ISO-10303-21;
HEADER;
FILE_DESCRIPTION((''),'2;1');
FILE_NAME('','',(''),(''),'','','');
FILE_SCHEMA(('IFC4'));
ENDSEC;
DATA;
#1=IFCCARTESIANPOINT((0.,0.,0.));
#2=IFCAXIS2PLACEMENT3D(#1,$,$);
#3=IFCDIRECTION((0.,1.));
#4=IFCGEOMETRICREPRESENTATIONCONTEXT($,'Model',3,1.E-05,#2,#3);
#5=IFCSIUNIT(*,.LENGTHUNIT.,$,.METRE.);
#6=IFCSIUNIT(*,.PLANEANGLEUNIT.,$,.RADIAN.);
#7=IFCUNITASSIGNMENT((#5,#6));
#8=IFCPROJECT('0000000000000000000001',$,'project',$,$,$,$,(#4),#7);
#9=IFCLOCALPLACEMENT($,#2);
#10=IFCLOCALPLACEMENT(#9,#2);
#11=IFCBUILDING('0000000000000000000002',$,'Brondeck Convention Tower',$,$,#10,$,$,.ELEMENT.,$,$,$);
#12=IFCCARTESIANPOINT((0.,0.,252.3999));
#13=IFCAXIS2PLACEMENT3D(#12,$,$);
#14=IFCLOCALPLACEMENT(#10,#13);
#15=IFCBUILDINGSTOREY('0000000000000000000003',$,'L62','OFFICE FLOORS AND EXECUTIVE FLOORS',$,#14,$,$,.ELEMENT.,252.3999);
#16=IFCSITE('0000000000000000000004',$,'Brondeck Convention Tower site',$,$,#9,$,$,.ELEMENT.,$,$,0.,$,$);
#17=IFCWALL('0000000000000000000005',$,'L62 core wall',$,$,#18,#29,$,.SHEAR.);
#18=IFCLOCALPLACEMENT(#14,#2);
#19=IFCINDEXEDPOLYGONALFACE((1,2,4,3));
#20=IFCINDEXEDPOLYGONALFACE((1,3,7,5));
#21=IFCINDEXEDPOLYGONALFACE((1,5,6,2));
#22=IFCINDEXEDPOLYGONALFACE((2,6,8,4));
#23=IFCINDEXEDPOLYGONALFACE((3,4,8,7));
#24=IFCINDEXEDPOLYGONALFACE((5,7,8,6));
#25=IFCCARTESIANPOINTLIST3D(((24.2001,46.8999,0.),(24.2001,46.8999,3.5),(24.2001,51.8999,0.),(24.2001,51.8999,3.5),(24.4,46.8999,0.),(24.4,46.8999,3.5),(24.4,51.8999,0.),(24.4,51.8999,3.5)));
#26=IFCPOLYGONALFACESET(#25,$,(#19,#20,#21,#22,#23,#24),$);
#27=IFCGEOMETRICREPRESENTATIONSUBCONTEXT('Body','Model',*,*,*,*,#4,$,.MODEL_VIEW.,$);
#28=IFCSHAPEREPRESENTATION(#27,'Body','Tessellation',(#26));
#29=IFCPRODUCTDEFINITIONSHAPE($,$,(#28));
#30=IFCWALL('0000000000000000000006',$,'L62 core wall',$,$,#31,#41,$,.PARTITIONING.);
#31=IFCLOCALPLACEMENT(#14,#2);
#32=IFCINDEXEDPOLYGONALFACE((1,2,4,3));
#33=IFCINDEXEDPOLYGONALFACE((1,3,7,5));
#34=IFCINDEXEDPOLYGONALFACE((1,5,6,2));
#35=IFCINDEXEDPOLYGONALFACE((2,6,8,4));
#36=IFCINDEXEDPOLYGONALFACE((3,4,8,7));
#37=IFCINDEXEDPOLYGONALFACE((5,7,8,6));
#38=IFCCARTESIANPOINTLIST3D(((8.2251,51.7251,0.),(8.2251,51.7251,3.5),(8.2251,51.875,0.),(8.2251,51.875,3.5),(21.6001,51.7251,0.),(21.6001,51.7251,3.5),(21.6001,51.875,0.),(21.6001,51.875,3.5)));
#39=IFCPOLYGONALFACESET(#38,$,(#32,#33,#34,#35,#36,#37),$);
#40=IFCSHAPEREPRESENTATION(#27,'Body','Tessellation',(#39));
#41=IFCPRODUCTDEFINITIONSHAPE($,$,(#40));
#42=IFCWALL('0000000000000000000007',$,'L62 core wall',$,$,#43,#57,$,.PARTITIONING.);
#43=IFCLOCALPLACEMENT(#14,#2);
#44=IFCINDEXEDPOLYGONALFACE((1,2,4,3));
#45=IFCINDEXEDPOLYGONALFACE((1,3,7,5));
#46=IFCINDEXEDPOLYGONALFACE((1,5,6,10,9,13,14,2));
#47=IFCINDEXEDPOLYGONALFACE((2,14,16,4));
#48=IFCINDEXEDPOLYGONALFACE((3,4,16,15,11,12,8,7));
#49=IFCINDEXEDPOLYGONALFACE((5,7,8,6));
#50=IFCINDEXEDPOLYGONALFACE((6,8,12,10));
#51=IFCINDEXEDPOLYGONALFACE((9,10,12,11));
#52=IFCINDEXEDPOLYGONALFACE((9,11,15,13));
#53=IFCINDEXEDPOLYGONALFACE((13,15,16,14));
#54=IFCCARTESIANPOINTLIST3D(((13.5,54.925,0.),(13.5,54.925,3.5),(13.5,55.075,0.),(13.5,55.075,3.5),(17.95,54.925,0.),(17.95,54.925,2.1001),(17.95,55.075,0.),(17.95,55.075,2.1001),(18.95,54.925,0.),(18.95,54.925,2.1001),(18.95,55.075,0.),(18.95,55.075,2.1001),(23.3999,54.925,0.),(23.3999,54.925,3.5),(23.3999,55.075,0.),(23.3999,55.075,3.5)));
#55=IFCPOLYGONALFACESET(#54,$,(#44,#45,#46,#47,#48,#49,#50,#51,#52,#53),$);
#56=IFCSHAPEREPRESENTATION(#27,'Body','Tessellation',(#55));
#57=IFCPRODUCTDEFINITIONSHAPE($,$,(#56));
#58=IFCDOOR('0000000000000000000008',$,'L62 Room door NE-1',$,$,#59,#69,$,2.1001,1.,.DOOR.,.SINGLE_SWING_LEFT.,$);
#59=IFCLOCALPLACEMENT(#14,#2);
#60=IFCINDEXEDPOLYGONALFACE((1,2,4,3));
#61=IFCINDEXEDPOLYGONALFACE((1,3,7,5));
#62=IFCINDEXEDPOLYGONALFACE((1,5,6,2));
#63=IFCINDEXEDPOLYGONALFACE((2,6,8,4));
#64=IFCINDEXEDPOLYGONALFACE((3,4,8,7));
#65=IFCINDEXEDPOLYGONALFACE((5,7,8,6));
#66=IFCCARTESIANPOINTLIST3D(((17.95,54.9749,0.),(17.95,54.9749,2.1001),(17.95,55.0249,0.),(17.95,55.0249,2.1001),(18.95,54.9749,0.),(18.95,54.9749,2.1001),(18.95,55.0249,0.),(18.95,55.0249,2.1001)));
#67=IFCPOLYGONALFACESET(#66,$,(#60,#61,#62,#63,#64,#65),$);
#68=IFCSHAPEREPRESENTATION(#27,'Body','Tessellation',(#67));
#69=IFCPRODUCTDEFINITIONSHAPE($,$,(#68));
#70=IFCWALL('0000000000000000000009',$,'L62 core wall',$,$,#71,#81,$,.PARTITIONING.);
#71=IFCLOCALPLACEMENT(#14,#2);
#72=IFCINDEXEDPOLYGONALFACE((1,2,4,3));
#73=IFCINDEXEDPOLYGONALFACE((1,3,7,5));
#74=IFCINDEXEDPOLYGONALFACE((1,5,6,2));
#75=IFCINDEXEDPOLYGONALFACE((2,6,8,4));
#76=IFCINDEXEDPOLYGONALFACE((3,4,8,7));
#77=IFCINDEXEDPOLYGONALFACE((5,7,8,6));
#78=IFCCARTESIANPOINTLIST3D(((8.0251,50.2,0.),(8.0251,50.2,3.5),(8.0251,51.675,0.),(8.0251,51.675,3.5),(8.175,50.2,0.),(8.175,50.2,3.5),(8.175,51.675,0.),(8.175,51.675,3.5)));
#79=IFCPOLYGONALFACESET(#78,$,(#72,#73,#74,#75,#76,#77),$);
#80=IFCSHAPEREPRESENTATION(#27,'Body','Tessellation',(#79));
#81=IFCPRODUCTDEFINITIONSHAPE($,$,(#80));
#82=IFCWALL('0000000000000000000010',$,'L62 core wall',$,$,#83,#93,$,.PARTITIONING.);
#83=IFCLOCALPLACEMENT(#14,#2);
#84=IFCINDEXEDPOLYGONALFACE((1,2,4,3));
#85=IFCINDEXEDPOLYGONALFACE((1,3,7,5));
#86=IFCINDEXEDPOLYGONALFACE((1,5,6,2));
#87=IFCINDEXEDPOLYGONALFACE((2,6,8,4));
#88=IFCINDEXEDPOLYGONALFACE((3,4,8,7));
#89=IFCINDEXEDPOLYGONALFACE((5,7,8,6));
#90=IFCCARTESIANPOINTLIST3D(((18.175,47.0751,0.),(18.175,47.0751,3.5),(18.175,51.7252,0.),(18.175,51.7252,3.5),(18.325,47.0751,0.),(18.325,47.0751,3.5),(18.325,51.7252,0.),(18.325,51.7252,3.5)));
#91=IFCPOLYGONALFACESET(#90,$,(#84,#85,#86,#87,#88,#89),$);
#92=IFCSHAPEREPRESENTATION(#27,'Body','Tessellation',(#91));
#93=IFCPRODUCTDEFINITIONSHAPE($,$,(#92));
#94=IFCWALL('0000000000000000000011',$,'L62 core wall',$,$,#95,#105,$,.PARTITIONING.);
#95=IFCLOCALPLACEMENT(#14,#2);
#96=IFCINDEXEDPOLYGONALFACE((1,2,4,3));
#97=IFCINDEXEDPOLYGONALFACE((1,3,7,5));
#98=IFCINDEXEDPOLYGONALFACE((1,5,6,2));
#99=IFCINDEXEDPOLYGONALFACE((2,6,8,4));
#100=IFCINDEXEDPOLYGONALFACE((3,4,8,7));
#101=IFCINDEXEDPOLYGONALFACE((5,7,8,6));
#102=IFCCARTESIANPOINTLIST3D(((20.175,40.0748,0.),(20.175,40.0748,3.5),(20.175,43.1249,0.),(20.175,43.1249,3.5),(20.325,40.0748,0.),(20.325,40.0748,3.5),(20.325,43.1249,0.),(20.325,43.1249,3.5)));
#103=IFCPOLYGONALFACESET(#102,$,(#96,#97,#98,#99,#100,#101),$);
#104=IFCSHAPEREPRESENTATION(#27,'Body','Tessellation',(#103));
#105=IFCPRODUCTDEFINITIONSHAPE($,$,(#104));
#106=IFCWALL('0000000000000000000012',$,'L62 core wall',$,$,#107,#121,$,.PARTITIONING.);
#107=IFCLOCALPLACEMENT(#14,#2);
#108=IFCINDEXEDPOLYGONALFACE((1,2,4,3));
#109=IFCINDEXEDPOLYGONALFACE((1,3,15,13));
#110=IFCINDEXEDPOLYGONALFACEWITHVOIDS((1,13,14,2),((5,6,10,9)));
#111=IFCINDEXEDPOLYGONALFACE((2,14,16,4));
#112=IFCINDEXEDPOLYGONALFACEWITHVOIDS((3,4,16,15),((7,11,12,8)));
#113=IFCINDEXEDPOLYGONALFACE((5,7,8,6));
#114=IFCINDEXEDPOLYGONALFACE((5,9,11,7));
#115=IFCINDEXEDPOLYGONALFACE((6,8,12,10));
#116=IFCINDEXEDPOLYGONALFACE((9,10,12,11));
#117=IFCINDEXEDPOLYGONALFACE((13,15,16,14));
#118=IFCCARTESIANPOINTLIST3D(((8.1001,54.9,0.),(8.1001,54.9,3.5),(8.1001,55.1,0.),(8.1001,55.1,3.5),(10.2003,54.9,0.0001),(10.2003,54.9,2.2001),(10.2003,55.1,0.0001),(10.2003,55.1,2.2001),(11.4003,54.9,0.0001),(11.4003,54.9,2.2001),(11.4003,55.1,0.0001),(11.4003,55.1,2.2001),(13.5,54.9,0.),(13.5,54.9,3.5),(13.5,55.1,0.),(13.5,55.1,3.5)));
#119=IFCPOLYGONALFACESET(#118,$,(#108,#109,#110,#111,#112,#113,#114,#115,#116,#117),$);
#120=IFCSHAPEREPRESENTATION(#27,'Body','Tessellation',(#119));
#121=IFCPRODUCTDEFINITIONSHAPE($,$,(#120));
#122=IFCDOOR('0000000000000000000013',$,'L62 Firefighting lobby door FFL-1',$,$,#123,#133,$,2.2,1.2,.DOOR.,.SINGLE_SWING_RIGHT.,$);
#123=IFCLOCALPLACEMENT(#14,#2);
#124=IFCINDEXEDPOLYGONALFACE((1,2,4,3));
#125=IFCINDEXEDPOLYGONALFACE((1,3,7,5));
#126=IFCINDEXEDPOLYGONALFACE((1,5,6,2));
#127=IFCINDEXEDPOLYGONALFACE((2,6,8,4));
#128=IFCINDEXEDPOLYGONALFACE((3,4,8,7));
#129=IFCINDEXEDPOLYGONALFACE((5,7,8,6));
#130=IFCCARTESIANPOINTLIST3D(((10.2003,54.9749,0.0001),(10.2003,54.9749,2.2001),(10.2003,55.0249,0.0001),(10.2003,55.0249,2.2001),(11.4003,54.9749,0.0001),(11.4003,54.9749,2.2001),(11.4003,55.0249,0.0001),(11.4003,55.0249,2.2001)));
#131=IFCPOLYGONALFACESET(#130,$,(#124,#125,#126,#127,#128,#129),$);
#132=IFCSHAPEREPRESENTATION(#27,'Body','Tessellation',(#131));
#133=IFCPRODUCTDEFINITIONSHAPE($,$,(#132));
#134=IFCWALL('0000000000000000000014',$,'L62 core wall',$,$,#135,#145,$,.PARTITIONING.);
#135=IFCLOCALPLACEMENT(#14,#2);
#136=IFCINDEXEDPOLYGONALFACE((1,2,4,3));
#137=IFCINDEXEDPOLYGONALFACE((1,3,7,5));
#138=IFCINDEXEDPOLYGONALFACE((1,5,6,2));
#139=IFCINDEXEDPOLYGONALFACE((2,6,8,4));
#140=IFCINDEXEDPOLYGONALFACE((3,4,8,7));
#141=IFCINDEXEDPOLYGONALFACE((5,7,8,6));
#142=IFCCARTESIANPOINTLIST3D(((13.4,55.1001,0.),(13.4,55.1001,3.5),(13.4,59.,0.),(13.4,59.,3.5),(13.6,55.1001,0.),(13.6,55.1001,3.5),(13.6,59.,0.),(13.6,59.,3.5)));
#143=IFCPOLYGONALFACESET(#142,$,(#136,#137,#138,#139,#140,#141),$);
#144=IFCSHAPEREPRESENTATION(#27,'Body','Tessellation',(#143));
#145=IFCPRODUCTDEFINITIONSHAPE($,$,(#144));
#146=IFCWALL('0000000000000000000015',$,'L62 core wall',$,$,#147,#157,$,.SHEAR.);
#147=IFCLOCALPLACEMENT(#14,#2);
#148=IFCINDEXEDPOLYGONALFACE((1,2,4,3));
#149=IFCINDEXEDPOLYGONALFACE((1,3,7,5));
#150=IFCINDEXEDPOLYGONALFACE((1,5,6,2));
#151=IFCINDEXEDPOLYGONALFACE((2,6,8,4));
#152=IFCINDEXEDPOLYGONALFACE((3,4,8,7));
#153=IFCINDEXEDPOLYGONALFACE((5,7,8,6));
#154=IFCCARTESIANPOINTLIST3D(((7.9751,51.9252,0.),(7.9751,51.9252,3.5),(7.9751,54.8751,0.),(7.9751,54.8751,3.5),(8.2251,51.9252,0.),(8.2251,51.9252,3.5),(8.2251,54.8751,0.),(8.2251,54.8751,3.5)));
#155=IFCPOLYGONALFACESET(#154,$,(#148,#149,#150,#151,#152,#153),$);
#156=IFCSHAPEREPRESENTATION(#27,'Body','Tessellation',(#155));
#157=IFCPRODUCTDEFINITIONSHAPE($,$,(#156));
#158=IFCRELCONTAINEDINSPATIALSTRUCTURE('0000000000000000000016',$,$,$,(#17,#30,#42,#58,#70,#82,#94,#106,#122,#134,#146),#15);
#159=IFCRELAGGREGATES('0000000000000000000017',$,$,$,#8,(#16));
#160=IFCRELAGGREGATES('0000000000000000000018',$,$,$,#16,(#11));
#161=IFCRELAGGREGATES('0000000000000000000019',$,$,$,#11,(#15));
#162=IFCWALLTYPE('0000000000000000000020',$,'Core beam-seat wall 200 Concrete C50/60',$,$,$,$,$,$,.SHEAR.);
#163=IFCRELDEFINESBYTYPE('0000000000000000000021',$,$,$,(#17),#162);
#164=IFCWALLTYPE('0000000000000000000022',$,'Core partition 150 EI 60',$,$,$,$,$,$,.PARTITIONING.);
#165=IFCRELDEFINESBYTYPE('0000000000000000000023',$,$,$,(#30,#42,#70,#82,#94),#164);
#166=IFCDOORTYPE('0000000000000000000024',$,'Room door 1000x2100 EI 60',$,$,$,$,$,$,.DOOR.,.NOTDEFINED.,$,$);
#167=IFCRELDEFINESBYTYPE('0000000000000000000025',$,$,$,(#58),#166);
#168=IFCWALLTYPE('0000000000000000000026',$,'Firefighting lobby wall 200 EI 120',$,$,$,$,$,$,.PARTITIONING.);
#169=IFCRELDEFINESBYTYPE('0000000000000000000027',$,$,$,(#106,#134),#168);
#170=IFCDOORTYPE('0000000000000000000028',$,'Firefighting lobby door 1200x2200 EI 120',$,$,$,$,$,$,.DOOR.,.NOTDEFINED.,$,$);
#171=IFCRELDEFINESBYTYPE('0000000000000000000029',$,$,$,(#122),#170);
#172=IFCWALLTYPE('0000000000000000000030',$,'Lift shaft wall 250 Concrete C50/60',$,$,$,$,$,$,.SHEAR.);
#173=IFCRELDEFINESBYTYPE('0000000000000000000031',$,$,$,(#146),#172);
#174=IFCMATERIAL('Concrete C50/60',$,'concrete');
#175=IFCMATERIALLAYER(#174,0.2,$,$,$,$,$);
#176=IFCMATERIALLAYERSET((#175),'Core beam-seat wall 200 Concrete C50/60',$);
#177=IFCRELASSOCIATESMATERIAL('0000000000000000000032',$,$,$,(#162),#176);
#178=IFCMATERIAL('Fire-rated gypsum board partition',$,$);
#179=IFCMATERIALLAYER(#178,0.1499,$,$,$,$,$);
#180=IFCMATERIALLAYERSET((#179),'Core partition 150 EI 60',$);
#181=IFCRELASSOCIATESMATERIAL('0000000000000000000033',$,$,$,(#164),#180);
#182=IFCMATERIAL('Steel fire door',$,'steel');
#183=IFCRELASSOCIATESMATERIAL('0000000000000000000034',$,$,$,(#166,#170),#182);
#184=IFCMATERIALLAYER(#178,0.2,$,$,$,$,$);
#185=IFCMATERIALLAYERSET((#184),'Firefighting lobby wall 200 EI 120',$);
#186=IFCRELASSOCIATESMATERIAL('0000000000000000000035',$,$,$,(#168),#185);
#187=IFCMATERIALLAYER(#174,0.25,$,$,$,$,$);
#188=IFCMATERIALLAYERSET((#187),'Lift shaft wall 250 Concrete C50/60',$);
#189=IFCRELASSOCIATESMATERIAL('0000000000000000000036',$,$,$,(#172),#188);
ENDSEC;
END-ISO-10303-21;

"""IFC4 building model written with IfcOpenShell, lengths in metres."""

from ifc_helpers import new_model, si_unit, direction, frame, frame_2d, origin, place, context, subcontext, project, spatial, rectangle, extrude, material, layer, layer_set, type_object, element, fill, save


model = new_model("IFC4")

# Units and contexts
model_context = context("Model", 3, precision=1e-05, world=origin(), true_north=direction((0.0, 1.0)))
body_context = subcontext(model_context, "Body", "Model", "MODEL_VIEW")
ifc_project = project(units=[si_unit("LENGTHUNIT", "METRE"), si_unit("PLANEANGLEUNIT", "RADIAN")], contexts=[model_context])

# Site, building, storey
site_placement = place(None, origin())
site = spatial("IfcSite", under=ifc_project, at=site_placement, Name="Brondeck Convention Tower site", CompositionType="ELEMENT", RefElevation=0.0)
building_placement = place(site_placement, origin())
building = spatial("IfcBuilding", under=site, at=building_placement, Name="Brondeck Convention Tower", CompositionType="ELEMENT")
storey_placement = place(building_placement, frame((0.0, 0.0, 252.3999)))
storey = spatial("IfcBuildingStorey", under=building, at=storey_placement, Name="L62", Description="OFFICE FLOORS AND EXECUTIVE FLOORS", CompositionType="ELEMENT", Elevation=252.3999)

# Walls
ifc_material_1 = material(Name="Concrete C50/60", Category="concrete")
ifc_layer_1 = layer(ifc_material_1, 0.2)
ifc_layer_set_1 = layer_set([ifc_layer_1], Name="Core beam-seat wall 200 Concrete C50/60")
wall_type_1 = type_object("IfcWallType", Name="Core beam-seat wall 200 Concrete C50/60", PredefinedType="SHEAR", material=ifc_layer_set_1)
wall_1_placement = place(storey_placement, frame((24.3, 46.8999, 0.0), z_axis=(0.0, 0.0, 1.0), x_axis=(0.0, 1.0, 0.0)))
element("IfcWall", 1, at=wall_1_placement, inside=storey, type_object=wall_type_1, Name="L62 core wall", PredefinedType="SHEAR", context=body_context, shape_type="SweptSolid", body=[
    extrude(rectangle(XDim=5.0, YDim=0.2, at=frame_2d((2.5, 0.0))), origin(), (0.0, 0.0, 1.0), 3.5),
])
ifc_material_2 = material(Name="Fire-rated gypsum board partition")
ifc_layer_2 = layer(ifc_material_2, 0.1499)
ifc_layer_set_2 = layer_set([ifc_layer_2], Name="Core partition 150 EI 60")
wall_type_2 = type_object("IfcWallType", Name="Core partition 150 EI 60", PredefinedType="PARTITIONING", material=ifc_layer_set_2)
wall_2_placement = place(storey_placement, frame((8.2251, 51.8, 0.0), z_axis=(0.0, 0.0, 1.0), x_axis=(1.0, 0.0, 0.0)))
element("IfcWall", 2, at=wall_2_placement, inside=storey, type_object=wall_type_2, Name="L62 core wall", PredefinedType="PARTITIONING", context=body_context, shape_type="SweptSolid", body=[
    extrude(rectangle(XDim=13.375, YDim=0.1499, at=frame_2d((6.6875, 0.0))), origin(), (0.0, 0.0, 1.0), 3.5),
])

# Wall, opening, door
wall_3_placement = place(storey_placement, frame((13.5, 55.0, 0.0), z_axis=(0.0, 0.0, 1.0), x_axis=(1.0, 0.0, 0.0)))
wall_3 = element("IfcWall", 3, at=wall_3_placement, inside=storey, type_object=wall_type_2, Name="L62 core wall", PredefinedType="PARTITIONING", context=body_context, shape_type="SweptSolid", body=[
    extrude(rectangle(XDim=9.8999, YDim=0.1499, at=frame_2d((4.95, 0.0))), origin(), (0.0, 0.0, 1.0), 3.5),
])
opening_1_placement = place(wall_3_placement, frame((4.45, 0.0, 0.0)))
opening_1 = element("IfcOpeningElement", 4, at=opening_1_placement, cuts=wall_3, PredefinedType="OPENING", context=body_context, shape_type="SweptSolid", body=[
    extrude(rectangle(XDim=1.0, YDim=2.1001, at=frame_2d((0.5, 1.05))), frame((0.0, 0.085, 0.0), z_axis=(0.0, -1.0, 0.0), x_axis=(1.0, 0.0, 0.0)), (0.0, 0.0, 1.0), 0.1699),
])
ifc_material_3 = material(Name="Steel fire door", Category="steel")
door_type_1 = type_object("IfcDoorType", Name="Room door 1000x2100 EI 60", OperationType="NOTDEFINED", PredefinedType="DOOR", material=ifc_material_3)
door_1_placement = place(opening_1_placement, origin())
door_1 = element("IfcDoor", 5, at=door_1_placement, inside=storey, type_object=door_type_1, Name="L62 Room door NE-1", OperationType="SINGLE_SWING_LEFT", OverallHeight=2.1001, OverallWidth=1.0, PredefinedType="DOOR", context=body_context, shape_type="SweptSolid", body=[
    extrude(rectangle(XDim=1.0, YDim=2.1001, at=frame_2d((0.5, 1.05))), frame((0.0, 0.0249, 0.0), z_axis=(0.0, -1.0, 0.0), x_axis=(1.0, 0.0, 0.0)), (0.0, 0.0, 1.0), 0.05),
])
fill(opening_1, door_1)

# Walls
wall_4_placement = place(storey_placement, frame((8.1001, 50.2, 0.0), z_axis=(0.0, 0.0, 1.0), x_axis=(0.0, 1.0, 0.0)))
element("IfcWall", 6, at=wall_4_placement, inside=storey, type_object=wall_type_2, Name="L62 core wall", PredefinedType="PARTITIONING", context=body_context, shape_type="SweptSolid", body=[
    extrude(rectangle(XDim=1.4751, YDim=0.1499, at=frame_2d((0.7375, 0.0))), origin(), (0.0, 0.0, 1.0), 3.5),
])
wall_5_placement = place(storey_placement, frame((18.25, 47.075, 0.0), z_axis=(0.0, 0.0, 1.0), x_axis=(0.0, 1.0, 0.0)))
element("IfcWall", 7, at=wall_5_placement, inside=storey, type_object=wall_type_2, Name="L62 core wall", PredefinedType="PARTITIONING", context=body_context, shape_type="SweptSolid", body=[
    extrude(rectangle(XDim=4.6501, YDim=0.1499, at=frame_2d((2.3252, 0.0))), origin(), (0.0, 0.0, 1.0), 3.5),
])
wall_6_placement = place(storey_placement, frame((20.25, 40.075, 0.0), z_axis=(0.0, 0.0, 1.0), x_axis=(0.0, 1.0, 0.0)))
element("IfcWall", 8, at=wall_6_placement, inside=storey, type_object=wall_type_2, Name="L62 core wall", PredefinedType="PARTITIONING", context=body_context, shape_type="SweptSolid", body=[
    extrude(rectangle(XDim=3.05, YDim=0.1499, at=frame_2d((1.5249, 0.0))), origin(), (0.0, 0.0, 1.0), 3.5),
])

# Wall, opening, door
ifc_layer_3 = layer(ifc_material_2, 0.2)
ifc_layer_set_3 = layer_set([ifc_layer_3], Name="Firefighting lobby wall 200 EI 120")
wall_type_3 = type_object("IfcWallType", Name="Firefighting lobby wall 200 EI 120", PredefinedType="PARTITIONING", material=ifc_layer_set_3)
wall_7_placement = place(storey_placement, frame((8.1001, 55.0, 0.0), z_axis=(0.0, 0.0, 1.0), x_axis=(1.0, 0.0, 0.0)))
wall_7 = element("IfcWall", 9, at=wall_7_placement, inside=storey, type_object=wall_type_3, Name="L62 core wall", PredefinedType="PARTITIONING", context=body_context, shape_type="SweptSolid", body=[
    extrude(rectangle(XDim=5.3999, YDim=0.2, at=frame_2d((2.7, 0.0))), origin(), (0.0, 0.0, 1.0), 3.5),
])
opening_2_placement = place(wall_7_placement, frame((2.1001, 0.0, 0.0)))
opening_2 = element("IfcOpeningElement", 10, at=opening_2_placement, cuts=wall_7, PredefinedType="OPENING", context=body_context, shape_type="SweptSolid", body=[
    extrude(rectangle(XDim=1.2, YDim=2.2, at=frame_2d((0.6001, 1.1001))), frame((0.0, 0.1099, 0.0), z_axis=(0.0, -1.0, 0.0), x_axis=(1.0, 0.0, 0.0)), (0.0, 0.0, 1.0), 0.22),
])
door_type_2 = type_object("IfcDoorType", Name="Firefighting lobby door 1200x2200 EI 120", OperationType="NOTDEFINED", PredefinedType="DOOR", material=ifc_material_3)
door_2_placement = place(opening_2_placement, origin())
door_2 = element("IfcDoor", 11, at=door_2_placement, inside=storey, type_object=door_type_2, Name="L62 Firefighting lobby door FFL-1", OperationType="SINGLE_SWING_RIGHT", OverallHeight=2.2, OverallWidth=1.2, PredefinedType="DOOR", context=body_context, shape_type="SweptSolid", body=[
    extrude(rectangle(XDim=1.2, YDim=2.2, at=frame_2d((0.6001, 1.1001))), frame((0.0, 0.0249, 0.0), z_axis=(0.0, -1.0, 0.0), x_axis=(1.0, 0.0, 0.0)), (0.0, 0.0, 1.0), 0.05),
])
fill(opening_2, door_2)

# Walls
wall_8_placement = place(storey_placement, frame((13.5, 55.1001, 0.0), z_axis=(0.0, 0.0, 1.0), x_axis=(0.0, 1.0, 0.0)))
element("IfcWall", 12, at=wall_8_placement, inside=storey, type_object=wall_type_3, Name="L62 core wall", PredefinedType="PARTITIONING", context=body_context, shape_type="SweptSolid", body=[
    extrude(rectangle(XDim=3.8999, YDim=0.2, at=frame_2d((1.95, 0.0))), origin(), (0.0, 0.0, 1.0), 3.5),
])
ifc_layer_4 = layer(ifc_material_1, 0.25)
ifc_layer_set_4 = layer_set([ifc_layer_4], Name="Lift shaft wall 250 Concrete C50/60")
wall_type_4 = type_object("IfcWallType", Name="Lift shaft wall 250 Concrete C50/60", PredefinedType="SHEAR", material=ifc_layer_set_4)
wall_9_placement = place(storey_placement, frame((8.1001, 51.925, 0.0), z_axis=(0.0, 0.0, 1.0), x_axis=(0.0, 1.0, 0.0)))
element("IfcWall", 13, at=wall_9_placement, inside=storey, type_object=wall_type_4, Name="L62 core wall", PredefinedType="SHEAR", context=body_context, shape_type="SweptSolid", body=[
    extrude(rectangle(XDim=2.95, YDim=0.25, at=frame_2d((1.4751, 0.0))), origin(), (0.0, 0.0, 1.0), 3.5),
])

save(model, "model.ifc")
